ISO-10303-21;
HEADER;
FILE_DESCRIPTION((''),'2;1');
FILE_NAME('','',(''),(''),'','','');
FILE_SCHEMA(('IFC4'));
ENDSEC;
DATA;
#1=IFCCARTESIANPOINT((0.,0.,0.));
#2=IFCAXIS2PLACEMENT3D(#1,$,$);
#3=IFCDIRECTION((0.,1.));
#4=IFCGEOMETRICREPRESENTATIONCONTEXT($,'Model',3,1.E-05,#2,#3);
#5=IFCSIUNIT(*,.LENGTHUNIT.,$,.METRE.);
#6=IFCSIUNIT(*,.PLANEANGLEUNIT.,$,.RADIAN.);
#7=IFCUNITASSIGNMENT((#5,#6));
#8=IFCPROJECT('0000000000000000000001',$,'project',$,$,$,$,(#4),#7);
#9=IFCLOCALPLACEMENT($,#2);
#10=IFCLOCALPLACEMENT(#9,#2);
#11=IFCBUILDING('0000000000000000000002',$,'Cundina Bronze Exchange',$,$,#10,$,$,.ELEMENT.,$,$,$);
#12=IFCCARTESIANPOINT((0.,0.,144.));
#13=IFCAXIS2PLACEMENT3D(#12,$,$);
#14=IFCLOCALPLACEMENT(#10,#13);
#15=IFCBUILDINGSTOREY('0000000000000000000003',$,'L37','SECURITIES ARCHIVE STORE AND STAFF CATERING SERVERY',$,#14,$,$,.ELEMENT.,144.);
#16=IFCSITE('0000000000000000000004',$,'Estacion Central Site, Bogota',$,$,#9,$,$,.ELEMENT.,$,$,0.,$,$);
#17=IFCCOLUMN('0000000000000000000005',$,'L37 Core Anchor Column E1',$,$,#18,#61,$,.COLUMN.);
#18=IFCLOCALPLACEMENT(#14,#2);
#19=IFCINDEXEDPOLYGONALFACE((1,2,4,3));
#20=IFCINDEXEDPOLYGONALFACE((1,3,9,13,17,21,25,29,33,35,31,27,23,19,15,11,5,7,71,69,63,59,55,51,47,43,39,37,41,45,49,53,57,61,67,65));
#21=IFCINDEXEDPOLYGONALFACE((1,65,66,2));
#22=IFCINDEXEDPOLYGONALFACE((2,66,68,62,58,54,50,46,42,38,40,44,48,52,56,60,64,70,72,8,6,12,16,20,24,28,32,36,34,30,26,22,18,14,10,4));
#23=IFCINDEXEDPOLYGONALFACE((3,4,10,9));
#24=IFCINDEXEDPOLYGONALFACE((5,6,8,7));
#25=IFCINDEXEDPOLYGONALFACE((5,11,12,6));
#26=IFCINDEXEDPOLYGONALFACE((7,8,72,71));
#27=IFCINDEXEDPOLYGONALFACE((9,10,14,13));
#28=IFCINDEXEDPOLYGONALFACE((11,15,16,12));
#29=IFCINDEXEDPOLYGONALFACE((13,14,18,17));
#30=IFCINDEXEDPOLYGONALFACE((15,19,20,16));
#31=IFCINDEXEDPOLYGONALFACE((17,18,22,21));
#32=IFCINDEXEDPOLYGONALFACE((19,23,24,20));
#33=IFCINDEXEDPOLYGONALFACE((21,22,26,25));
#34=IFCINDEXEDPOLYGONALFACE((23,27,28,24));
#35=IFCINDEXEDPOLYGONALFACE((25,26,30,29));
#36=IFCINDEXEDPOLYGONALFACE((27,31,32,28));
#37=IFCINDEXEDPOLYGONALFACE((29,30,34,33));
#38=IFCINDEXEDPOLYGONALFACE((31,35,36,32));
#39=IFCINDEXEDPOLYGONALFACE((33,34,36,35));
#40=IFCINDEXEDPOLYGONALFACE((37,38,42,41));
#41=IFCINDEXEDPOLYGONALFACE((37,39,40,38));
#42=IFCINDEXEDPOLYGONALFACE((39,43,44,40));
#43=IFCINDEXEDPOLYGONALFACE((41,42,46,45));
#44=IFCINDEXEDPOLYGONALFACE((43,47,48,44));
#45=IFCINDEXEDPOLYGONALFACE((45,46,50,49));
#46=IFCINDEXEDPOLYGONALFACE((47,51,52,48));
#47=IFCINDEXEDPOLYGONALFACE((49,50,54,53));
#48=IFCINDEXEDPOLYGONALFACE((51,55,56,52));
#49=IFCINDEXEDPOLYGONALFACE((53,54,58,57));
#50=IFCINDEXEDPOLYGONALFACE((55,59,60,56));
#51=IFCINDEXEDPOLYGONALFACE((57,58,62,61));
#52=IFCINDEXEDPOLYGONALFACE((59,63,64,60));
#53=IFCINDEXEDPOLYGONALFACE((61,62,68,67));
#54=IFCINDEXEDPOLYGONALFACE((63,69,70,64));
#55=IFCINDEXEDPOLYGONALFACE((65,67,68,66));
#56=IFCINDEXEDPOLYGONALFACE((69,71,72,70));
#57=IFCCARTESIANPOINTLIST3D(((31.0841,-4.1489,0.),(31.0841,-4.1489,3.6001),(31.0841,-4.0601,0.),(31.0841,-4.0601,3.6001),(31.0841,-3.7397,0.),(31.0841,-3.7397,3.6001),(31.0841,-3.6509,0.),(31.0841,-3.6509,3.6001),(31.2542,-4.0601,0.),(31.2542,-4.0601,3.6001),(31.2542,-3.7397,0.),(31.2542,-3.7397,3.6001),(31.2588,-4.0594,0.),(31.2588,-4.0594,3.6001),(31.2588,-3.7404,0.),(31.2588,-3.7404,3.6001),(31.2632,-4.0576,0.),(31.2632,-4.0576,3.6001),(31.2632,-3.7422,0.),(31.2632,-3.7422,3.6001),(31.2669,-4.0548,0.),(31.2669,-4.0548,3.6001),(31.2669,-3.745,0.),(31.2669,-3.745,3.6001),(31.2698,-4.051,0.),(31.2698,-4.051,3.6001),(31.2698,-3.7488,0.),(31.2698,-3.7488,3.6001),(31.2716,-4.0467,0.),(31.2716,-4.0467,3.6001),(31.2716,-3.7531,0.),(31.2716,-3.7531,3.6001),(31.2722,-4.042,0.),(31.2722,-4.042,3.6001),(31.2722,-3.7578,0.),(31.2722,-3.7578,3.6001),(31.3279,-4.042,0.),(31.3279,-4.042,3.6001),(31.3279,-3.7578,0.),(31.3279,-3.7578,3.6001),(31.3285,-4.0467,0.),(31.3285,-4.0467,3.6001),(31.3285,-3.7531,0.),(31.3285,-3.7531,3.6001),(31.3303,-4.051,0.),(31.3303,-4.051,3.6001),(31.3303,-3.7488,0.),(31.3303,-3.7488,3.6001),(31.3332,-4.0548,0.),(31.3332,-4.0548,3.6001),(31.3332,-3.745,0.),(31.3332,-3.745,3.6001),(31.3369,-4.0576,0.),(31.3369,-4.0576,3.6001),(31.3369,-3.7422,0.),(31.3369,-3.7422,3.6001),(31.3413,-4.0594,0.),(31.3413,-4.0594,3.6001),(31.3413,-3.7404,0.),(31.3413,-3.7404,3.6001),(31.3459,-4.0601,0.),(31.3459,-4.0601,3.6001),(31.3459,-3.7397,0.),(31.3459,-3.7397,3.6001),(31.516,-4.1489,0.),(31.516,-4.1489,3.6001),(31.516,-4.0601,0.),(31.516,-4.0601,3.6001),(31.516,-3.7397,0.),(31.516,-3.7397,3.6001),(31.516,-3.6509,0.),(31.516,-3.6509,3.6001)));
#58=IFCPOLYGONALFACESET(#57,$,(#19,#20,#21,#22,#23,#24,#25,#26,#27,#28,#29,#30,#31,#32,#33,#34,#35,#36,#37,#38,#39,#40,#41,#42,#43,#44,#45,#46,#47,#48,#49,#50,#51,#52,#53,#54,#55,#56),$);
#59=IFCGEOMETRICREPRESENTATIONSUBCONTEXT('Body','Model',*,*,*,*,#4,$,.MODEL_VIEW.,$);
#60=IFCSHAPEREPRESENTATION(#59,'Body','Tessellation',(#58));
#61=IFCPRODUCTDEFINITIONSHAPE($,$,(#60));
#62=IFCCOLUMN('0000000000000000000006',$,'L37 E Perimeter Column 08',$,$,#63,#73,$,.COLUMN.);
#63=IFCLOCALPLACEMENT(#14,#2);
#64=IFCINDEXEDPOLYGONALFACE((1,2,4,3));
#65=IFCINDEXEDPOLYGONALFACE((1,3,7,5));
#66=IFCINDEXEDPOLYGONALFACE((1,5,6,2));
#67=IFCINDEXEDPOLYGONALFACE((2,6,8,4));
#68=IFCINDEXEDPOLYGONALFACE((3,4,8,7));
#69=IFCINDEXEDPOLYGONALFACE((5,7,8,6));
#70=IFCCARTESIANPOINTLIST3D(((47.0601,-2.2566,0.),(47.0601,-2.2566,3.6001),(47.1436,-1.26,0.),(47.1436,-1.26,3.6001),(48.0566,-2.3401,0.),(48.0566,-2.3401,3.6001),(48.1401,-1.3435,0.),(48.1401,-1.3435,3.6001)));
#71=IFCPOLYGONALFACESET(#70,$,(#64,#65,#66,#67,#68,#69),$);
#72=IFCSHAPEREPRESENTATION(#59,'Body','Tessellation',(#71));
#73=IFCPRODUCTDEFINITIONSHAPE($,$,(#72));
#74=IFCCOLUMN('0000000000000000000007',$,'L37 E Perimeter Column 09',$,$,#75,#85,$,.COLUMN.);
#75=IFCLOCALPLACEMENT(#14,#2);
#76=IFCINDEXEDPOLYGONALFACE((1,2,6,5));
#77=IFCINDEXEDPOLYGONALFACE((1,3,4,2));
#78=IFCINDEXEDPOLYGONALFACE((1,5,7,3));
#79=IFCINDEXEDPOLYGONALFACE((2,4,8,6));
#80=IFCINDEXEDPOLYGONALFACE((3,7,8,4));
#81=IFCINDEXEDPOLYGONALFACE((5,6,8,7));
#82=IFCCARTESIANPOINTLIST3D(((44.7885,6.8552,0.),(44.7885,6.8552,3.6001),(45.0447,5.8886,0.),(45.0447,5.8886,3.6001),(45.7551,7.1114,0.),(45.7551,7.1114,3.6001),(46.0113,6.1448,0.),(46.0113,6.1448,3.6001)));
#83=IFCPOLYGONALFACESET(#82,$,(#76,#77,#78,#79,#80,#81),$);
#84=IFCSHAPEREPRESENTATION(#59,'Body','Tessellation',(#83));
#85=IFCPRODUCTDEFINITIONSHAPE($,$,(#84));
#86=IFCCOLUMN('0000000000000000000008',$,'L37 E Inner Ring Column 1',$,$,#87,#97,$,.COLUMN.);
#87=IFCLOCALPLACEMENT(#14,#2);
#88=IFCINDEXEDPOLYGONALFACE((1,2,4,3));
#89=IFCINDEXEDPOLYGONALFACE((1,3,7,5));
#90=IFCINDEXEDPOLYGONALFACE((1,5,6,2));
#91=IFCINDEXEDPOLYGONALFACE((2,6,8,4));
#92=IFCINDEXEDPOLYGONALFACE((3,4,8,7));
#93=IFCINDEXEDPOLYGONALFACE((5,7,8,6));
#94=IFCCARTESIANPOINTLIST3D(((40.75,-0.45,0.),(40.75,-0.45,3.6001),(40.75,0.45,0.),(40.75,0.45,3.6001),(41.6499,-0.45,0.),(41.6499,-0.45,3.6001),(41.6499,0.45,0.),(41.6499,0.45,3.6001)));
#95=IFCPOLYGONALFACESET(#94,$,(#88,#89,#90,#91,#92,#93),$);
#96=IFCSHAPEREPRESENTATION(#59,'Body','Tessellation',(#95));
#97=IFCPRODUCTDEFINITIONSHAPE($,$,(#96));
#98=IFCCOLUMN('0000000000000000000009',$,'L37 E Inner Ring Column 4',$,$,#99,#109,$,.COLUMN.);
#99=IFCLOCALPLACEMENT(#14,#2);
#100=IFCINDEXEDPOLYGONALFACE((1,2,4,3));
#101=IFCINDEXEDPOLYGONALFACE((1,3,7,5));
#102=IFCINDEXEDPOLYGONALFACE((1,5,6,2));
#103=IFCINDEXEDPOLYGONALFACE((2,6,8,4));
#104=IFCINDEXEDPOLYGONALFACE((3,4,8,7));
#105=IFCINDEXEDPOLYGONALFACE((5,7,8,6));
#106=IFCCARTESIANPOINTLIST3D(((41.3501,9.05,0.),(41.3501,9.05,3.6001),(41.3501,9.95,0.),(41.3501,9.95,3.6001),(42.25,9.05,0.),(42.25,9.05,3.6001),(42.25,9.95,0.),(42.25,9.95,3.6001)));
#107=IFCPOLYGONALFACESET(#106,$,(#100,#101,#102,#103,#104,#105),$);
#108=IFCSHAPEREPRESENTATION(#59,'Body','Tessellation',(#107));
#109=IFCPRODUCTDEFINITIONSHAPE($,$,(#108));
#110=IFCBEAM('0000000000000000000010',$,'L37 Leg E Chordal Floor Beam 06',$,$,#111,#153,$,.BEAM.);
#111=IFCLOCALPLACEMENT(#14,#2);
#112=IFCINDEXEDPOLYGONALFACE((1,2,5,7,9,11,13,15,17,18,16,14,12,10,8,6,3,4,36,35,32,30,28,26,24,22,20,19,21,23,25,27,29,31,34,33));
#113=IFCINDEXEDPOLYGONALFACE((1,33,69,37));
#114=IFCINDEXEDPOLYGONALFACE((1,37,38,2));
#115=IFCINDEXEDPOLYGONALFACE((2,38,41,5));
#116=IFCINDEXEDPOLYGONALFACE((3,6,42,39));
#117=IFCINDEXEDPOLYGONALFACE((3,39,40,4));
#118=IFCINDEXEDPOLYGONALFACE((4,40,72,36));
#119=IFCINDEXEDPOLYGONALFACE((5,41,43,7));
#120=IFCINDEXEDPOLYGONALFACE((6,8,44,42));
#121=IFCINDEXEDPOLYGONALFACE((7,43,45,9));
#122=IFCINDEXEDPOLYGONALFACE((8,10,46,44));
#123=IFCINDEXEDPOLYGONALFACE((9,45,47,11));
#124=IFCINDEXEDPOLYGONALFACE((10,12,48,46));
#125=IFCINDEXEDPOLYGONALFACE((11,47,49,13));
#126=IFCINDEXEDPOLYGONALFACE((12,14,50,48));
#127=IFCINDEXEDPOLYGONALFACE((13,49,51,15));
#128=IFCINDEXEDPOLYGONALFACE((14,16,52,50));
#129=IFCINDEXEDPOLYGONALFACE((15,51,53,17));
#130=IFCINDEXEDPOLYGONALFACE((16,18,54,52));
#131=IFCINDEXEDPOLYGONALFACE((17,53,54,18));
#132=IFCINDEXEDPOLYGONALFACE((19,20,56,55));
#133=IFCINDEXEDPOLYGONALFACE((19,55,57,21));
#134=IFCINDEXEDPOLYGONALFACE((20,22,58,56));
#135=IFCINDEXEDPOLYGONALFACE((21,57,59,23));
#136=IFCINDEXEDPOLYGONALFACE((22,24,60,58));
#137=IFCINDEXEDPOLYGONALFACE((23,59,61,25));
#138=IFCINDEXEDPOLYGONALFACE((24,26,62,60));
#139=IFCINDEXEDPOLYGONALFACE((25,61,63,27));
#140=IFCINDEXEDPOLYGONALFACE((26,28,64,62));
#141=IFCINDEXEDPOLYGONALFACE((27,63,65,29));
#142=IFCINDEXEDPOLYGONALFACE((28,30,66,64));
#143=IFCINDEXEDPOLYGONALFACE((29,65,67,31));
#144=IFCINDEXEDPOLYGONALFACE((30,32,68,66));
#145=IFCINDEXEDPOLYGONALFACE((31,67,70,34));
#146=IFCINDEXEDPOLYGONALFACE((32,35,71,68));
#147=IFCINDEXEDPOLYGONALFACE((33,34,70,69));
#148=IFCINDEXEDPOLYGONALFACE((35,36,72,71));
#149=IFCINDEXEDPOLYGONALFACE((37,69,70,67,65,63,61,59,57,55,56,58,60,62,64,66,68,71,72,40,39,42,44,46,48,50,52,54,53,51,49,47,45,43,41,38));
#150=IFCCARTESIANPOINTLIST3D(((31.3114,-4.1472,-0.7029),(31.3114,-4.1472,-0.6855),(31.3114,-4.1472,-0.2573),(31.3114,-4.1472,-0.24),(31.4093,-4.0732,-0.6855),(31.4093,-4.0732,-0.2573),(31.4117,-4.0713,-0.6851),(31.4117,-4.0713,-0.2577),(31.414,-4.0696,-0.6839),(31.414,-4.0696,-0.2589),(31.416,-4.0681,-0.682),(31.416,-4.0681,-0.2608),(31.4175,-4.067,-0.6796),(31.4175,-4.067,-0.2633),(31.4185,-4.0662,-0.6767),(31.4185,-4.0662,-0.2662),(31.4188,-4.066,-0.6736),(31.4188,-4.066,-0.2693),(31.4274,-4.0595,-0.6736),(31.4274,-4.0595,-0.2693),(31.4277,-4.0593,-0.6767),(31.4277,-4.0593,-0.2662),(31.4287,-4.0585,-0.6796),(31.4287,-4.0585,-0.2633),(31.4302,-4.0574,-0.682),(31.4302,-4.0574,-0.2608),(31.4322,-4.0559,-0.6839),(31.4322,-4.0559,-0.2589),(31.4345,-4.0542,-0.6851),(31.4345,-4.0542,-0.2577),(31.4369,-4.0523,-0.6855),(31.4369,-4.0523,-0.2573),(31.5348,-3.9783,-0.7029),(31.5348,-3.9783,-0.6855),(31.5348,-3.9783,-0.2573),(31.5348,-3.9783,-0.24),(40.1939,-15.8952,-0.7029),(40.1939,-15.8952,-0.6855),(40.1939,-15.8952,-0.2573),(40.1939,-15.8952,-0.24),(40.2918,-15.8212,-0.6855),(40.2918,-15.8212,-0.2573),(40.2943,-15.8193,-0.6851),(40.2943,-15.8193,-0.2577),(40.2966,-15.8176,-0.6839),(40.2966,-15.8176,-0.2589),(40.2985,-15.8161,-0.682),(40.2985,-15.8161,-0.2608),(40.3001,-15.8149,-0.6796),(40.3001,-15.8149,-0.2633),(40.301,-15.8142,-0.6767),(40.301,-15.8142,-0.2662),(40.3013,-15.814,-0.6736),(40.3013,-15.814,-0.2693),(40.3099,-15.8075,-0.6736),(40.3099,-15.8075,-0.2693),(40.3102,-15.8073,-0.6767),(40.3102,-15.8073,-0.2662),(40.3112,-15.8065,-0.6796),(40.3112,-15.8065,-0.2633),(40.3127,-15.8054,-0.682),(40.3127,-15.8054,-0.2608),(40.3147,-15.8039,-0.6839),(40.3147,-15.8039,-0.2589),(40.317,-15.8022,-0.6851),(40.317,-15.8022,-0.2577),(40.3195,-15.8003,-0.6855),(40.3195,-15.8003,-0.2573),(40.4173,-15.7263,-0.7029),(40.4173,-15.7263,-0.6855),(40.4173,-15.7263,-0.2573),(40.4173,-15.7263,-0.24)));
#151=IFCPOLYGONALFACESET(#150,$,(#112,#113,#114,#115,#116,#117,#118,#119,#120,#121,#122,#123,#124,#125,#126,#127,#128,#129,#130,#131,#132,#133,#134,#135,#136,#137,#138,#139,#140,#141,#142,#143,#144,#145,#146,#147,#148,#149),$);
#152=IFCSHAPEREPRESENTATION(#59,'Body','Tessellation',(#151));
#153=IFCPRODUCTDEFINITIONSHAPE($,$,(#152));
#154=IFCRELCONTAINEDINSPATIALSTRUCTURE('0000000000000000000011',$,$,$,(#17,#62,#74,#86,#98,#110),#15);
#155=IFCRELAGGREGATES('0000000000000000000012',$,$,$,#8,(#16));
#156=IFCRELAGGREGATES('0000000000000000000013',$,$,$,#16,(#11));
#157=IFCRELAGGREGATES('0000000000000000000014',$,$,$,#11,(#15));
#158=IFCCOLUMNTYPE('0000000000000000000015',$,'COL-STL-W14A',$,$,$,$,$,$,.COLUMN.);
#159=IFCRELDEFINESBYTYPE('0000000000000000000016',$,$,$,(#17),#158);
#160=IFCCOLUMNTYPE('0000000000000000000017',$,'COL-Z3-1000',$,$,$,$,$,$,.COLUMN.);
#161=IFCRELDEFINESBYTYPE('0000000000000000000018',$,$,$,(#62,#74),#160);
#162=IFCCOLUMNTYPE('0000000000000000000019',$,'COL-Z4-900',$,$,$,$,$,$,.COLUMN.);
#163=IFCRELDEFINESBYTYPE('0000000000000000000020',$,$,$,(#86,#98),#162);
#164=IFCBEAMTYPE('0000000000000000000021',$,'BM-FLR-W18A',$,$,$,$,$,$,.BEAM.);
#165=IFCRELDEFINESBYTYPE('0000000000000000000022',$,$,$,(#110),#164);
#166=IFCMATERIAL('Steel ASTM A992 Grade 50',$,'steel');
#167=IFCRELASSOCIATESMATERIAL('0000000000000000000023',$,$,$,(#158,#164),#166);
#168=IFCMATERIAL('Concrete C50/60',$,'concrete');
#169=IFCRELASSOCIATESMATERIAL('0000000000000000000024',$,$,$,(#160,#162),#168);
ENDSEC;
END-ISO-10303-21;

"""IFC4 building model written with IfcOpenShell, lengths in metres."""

from ifc_helpers import new_model, si_unit, direction, frame, origin, origin_2d, place, context, subcontext, project, spatial, rectangle, i_section, extrude, material, material_profile, profile_set, type_object, element, save


model = new_model("IFC4")

# Units and contexts
model_context = context("Model", 3, precision=1e-05, world=origin(), true_north=direction((0.0, 1.0)))
body_context = subcontext(model_context, "Body", "Model", "MODEL_VIEW")
ifc_project = project(units=[si_unit("LENGTHUNIT", "METRE"), si_unit("PLANEANGLEUNIT", "RADIAN")], contexts=[model_context])

# Site, building, storey
site_placement = place(None, origin())
site = spatial("IfcSite", under=ifc_project, at=site_placement, Name="Estacion Central Site, Bogota", CompositionType="ELEMENT", RefElevation=0.0)
building_placement = place(site_placement, origin())
building = spatial("IfcBuilding", under=site, at=building_placement, Name="Cundina Bronze Exchange", CompositionType="ELEMENT")
storey_placement = place(building_placement, frame((0.0, 0.0, 144.0)))
storey = spatial("IfcBuildingStorey", under=building, at=storey_placement, Name="L37", Description="SECURITIES ARCHIVE STORE AND STAFF CATERING SERVERY", CompositionType="ELEMENT", Elevation=144.0)

# Columns
ifc_material_1 = material(Name="Steel ASTM A992 Grade 50", Category="steel")
ifc_material_profile_1 = material_profile(ifc_material_1, i_section(OverallWidth=0.4319, OverallDepth=0.498, WebThickness=0.0557, FlangeThickness=0.0889, FilletRadius=0.0181, at=origin_2d()), Name="W14X500", Category="steel")
ifc_profile_set_1 = profile_set([ifc_material_profile_1], Name="Steel ASTM A992 Grade 50")
column_type_1 = type_object("IfcColumnType", Name="COL-STL-W14A", PredefinedType="COLUMN", material=ifc_profile_set_1)
column_placement = place(storey_placement, frame((31.3, -3.8999, 0.0), z_axis=(0.0, 0.0, 1.0), x_axis=(1.0, 0.0, 0.0)))
element("IfcColumn", 1, at=column_placement, inside=storey, type_object=column_type_1, Name="L37 Core Anchor Column E1", PredefinedType="COLUMN", context=body_context, shape_type="SweptSolid", body=[
    extrude(i_section(OverallWidth=0.4319, OverallDepth=0.498, WebThickness=0.0557, FlangeThickness=0.0889, FilletRadius=0.0181, at=origin_2d()), origin(), (0.0, 0.0, 1.0), 3.6001),
])
ifc_material_2 = material(Name="Concrete C50/60", Category="concrete")
ifc_material_profile_2 = material_profile(ifc_material_2, rectangle(XDim=1.0, YDim=1.0, at=origin_2d()), Name="RC1000X1000", Category="concrete")
ifc_profile_set_2 = profile_set([ifc_material_profile_2], Name="Concrete C50/60")
column_type_2 = type_object("IfcColumnType", Name="COL-Z3-1000", PredefinedType="COLUMN", material=ifc_profile_set_2)
for number, where, z_axis, x_axis, name in (
    (2, (47.6001, -1.8, 0.0), (0.0, 0.0, 1.0), (0.083504, 0.996507, 0.0), "L37 E Perimeter Column 08"),
    (3, (45.3999, 6.5, 0.0), (0.0, 0.0, 1.0), (-0.256289, 0.9666, 0.0), "L37 E Perimeter Column 09"),
):
    element("IfcColumn", number, at=place(storey_placement, frame(where, z_axis=z_axis, x_axis=x_axis)), inside=storey, type_object=column_type_2, Name=name, PredefinedType="COLUMN", context=body_context, shape_type="SweptSolid", body=[
        extrude(rectangle(XDim=1.0, YDim=1.0, at=origin_2d()), origin(), (0.0, 0.0, 1.0), 3.6001),
    ])
ifc_material_profile_3 = material_profile(ifc_material_2, rectangle(XDim=0.8999, YDim=0.8999, at=origin_2d()), Name="RC900X900", Category="concrete")
ifc_profile_set_3 = profile_set([ifc_material_profile_3], Name="Concrete C50/60")
column_type_3 = type_object("IfcColumnType", Name="COL-Z4-900", PredefinedType="COLUMN", material=ifc_profile_set_3)
for number, where, z_axis, x_axis, name in (
    (4, (41.2, 0.0, 0.0), (0.0, 0.0, 1.0), (1.0, 0.0, 0.0), "L37 E Inner Ring Column 1"),
    (5, (41.8, 9.5, 0.0), (0.0, 0.0, 1.0), (1.0, 0.0, 0.0), "L37 E Inner Ring Column 4"),
):
    element("IfcColumn", number, at=place(storey_placement, frame(where, z_axis=z_axis, x_axis=x_axis)), inside=storey, type_object=column_type_3, Name=name, PredefinedType="COLUMN", context=body_context, shape_type="SweptSolid", body=[
        extrude(rectangle(XDim=0.8999, YDim=0.8999, at=origin_2d()), origin(), (0.0, 0.0, 1.0), 3.6001),
    ])

# Beam
ifc_material_profile_4 = material_profile(ifc_material_1, i_section(OverallWidth=0.28, OverallDepth=0.4629, WebThickness=0.0107, FlangeThickness=0.0173, FilletRadius=0.012, at=origin_2d()), Name="W18X76", Category="steel")
ifc_profile_set_4 = profile_set([ifc_material_profile_4], Name="Steel ASTM A992 Grade 50")
beam_type_1 = type_object("IfcBeamType", Name="BM-FLR-W18A", PredefinedType="BEAM", material=ifc_profile_set_4)
beam_1_placement = place(storey_placement, frame((31.4231, -4.0627, -0.4714), z_axis=(0.603104, -0.797663, 0.0), x_axis=(0.797663, 0.603104, 0.0)))
element("IfcBeam", 6, at=beam_1_placement, inside=storey, type_object=beam_type_1, Name="L37 Leg E Chordal Floor Beam 06", PredefinedType="BEAM", context=body_context, shape_type="SweptSolid", body=[
    extrude(i_section(OverallWidth=0.28, OverallDepth=0.4629, WebThickness=0.0107, FlangeThickness=0.0173, FilletRadius=0.012, at=origin_2d()), origin(), (0.0, 0.0, 1.0), 14.728),
])

save(model, "model.ifc")
